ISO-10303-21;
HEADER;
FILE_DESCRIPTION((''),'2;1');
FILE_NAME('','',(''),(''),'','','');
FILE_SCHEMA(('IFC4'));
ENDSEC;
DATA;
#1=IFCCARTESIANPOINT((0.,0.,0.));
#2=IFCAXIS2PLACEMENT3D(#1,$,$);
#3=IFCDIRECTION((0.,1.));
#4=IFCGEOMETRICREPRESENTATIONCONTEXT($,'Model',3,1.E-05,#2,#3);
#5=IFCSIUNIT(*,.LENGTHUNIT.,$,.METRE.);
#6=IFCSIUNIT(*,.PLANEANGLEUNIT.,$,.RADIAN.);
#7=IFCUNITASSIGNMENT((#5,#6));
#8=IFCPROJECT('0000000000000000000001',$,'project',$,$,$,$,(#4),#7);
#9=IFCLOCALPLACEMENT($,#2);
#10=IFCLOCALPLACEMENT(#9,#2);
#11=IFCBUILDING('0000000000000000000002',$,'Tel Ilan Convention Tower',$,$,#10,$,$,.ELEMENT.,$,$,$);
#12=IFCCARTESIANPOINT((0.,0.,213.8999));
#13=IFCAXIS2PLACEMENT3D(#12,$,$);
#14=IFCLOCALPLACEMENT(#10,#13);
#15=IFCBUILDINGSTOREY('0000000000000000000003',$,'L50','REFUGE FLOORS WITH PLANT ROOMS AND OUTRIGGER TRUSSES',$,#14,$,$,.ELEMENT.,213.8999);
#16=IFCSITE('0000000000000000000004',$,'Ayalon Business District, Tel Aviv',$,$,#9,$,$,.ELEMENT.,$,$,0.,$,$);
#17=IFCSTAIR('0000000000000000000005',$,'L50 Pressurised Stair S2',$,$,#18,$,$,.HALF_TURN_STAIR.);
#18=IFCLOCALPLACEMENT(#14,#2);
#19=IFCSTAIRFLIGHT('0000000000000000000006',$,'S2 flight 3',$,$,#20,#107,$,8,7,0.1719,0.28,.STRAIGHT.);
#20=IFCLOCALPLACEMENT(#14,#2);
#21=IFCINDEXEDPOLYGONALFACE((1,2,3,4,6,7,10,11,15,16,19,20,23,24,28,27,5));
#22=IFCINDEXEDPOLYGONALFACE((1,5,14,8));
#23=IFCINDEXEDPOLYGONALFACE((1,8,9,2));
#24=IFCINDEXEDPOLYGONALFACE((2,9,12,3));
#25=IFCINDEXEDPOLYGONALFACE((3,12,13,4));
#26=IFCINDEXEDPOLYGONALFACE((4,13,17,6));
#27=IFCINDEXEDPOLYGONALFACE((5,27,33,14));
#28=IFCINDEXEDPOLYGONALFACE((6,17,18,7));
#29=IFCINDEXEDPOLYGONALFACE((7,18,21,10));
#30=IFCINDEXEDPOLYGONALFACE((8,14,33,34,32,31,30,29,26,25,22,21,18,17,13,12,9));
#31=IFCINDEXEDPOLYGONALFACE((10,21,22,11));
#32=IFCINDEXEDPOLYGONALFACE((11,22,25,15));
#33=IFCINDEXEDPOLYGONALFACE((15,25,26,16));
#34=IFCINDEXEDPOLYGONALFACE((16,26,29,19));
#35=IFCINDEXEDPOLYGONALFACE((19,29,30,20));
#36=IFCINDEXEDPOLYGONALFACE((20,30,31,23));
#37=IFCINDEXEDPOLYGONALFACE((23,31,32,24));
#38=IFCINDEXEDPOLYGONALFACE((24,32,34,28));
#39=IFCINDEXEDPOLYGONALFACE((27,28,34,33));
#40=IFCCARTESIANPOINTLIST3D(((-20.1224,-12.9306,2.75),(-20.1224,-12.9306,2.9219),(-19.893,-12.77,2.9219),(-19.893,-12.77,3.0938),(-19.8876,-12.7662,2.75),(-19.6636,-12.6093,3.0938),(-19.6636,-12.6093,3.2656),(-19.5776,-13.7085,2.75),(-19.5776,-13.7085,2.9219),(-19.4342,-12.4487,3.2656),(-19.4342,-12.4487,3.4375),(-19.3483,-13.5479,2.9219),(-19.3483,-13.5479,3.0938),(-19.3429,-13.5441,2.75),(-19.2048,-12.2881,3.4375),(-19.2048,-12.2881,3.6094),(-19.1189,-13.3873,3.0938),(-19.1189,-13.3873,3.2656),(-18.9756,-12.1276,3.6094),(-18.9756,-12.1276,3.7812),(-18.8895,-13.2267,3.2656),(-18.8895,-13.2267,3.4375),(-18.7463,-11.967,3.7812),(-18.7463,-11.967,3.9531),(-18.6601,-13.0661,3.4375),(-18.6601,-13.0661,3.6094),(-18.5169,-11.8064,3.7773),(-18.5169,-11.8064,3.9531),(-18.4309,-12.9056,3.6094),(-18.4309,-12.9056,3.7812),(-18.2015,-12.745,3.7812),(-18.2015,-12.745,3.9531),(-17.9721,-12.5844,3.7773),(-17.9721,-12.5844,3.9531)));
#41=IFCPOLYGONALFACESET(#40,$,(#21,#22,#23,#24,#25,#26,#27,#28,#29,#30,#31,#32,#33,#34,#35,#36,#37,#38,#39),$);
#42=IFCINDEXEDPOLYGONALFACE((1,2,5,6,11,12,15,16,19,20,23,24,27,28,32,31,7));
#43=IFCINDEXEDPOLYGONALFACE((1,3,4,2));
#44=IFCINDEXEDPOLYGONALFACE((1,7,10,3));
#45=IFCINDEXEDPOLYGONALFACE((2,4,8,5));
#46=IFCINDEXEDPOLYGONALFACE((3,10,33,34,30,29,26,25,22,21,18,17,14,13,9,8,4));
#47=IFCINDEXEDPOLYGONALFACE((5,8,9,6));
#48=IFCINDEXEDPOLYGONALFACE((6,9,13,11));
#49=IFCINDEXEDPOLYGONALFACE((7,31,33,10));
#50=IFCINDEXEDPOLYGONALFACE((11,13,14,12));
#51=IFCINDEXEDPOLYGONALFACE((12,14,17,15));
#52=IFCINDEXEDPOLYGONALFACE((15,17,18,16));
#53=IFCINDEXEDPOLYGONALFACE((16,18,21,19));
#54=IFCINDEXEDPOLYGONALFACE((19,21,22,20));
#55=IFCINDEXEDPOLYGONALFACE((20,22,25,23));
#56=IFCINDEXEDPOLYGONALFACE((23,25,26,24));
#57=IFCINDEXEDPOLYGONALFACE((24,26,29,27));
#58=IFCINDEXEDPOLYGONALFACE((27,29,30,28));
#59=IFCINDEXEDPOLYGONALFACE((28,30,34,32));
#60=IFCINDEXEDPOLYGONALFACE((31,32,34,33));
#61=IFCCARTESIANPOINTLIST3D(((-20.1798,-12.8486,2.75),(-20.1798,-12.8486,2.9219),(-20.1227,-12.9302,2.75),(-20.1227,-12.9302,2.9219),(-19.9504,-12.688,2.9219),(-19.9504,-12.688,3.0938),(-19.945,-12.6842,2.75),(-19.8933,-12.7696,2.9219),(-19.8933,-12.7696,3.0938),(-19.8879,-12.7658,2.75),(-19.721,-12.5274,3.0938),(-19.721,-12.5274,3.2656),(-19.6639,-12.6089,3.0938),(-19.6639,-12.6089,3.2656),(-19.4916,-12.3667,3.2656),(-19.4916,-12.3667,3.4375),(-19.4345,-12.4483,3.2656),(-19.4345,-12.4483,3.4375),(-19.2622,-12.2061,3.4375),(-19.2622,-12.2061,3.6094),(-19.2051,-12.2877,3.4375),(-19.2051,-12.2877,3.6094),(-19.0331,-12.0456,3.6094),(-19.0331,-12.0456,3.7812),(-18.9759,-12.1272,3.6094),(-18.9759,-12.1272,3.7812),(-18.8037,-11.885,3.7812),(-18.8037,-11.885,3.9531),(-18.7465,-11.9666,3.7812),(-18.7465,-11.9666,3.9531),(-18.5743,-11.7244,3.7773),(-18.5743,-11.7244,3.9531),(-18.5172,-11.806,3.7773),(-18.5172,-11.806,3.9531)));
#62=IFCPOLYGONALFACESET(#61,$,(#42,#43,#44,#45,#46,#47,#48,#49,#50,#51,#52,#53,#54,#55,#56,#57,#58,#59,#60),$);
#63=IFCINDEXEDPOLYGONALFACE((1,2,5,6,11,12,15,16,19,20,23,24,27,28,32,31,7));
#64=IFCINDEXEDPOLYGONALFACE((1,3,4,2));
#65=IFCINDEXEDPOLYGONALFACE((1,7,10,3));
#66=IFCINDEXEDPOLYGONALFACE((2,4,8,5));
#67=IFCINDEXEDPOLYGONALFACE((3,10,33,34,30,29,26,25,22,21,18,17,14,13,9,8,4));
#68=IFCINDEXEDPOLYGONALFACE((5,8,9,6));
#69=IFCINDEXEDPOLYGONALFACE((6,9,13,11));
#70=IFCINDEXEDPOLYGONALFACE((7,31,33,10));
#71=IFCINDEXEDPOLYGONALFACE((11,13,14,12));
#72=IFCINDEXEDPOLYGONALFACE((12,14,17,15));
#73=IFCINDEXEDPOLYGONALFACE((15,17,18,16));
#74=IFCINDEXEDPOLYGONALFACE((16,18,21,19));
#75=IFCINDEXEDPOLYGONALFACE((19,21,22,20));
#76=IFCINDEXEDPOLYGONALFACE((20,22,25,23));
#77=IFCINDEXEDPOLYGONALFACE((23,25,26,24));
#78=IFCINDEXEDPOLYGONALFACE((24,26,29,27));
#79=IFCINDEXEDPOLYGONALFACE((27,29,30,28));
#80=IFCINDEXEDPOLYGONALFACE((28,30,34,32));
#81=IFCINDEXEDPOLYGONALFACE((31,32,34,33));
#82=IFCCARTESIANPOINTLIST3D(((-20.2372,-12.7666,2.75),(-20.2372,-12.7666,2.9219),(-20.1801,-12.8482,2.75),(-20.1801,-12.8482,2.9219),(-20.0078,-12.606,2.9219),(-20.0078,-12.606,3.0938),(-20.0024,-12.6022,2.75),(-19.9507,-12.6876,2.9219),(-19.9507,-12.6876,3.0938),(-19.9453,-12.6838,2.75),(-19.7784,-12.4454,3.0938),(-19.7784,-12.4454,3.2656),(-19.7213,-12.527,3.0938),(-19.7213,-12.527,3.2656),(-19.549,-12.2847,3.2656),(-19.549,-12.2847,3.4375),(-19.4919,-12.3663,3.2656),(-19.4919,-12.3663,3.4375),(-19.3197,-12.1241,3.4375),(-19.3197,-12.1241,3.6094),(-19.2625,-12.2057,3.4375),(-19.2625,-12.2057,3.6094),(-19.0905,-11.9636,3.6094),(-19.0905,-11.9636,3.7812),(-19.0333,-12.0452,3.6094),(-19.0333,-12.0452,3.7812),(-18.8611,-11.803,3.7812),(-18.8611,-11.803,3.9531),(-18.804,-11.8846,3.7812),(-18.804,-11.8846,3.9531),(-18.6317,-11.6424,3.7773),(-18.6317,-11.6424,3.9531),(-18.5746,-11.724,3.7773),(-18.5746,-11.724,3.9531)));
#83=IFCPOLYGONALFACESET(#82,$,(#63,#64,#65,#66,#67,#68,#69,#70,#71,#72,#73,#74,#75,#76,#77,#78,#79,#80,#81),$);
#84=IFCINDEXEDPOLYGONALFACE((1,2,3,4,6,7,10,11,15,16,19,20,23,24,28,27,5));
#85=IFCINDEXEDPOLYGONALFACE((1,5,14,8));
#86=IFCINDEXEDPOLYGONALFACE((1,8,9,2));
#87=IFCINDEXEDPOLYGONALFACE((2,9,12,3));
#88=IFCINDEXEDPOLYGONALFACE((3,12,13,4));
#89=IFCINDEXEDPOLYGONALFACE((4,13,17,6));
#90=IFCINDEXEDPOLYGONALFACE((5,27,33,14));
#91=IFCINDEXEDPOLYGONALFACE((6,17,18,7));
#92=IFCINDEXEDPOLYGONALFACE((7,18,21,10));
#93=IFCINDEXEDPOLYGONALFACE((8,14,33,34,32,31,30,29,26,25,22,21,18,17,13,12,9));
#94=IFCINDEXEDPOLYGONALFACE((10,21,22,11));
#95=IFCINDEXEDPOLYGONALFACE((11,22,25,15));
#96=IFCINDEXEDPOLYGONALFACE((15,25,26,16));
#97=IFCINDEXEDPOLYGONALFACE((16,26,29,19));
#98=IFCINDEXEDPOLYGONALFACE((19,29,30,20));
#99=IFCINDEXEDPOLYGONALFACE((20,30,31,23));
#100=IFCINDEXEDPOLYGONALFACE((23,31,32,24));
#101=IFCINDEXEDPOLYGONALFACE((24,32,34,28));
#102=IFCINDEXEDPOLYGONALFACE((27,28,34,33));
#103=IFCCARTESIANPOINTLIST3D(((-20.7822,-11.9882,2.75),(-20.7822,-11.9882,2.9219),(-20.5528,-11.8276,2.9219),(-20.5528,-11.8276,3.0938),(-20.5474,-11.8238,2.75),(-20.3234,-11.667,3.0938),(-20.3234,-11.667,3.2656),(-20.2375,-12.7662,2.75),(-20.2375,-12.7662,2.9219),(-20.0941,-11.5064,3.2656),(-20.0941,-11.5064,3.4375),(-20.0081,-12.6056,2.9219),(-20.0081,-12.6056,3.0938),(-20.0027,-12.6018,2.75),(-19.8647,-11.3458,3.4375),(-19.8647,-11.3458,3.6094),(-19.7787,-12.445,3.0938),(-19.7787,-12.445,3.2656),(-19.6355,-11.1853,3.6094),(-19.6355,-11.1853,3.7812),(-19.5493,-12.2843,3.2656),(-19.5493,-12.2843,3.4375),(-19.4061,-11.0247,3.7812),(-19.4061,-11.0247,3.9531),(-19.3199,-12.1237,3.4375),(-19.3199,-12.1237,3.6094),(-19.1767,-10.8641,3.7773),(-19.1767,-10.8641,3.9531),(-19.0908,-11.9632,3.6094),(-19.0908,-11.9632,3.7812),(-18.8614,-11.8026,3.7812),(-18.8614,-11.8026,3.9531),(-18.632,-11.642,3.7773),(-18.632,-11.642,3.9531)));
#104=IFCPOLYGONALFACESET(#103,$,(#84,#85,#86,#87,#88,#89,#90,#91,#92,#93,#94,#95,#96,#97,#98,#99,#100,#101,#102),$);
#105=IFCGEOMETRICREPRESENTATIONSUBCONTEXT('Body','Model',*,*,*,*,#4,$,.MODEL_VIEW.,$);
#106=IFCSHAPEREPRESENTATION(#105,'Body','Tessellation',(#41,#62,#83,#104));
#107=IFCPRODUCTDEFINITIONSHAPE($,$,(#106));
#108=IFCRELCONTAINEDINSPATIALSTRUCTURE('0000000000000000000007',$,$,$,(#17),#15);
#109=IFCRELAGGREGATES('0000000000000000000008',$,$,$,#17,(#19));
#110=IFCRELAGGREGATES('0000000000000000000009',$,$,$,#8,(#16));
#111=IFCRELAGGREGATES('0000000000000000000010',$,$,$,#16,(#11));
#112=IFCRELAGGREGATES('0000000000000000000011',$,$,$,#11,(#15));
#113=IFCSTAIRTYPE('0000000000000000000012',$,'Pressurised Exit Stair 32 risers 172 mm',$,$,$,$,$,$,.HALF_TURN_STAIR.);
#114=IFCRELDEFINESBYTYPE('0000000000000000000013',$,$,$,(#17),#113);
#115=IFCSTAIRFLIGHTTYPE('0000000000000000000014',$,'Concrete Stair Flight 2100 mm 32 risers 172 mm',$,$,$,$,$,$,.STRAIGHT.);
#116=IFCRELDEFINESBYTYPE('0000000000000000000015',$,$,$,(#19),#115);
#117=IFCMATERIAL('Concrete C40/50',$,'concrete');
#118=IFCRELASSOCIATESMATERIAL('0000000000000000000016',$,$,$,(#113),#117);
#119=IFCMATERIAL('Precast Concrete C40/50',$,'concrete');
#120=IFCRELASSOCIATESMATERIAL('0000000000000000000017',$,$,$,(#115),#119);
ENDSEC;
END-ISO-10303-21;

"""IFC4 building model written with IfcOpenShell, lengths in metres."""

from ifc_helpers import new_model, si_unit, direction, frame, origin, place, context, subcontext, project, spatial, polyline, outline, extrude, material, type_object, element, aggregate, save


model = new_model("IFC4")

# Units and contexts
model_context = context("Model", 3, precision=1e-05, world=origin(), true_north=direction((0.0, 1.0)))
body_context = subcontext(model_context, "Body", "Model", "MODEL_VIEW")
ifc_project = project(units=[si_unit("LENGTHUNIT", "METRE"), si_unit("PLANEANGLEUNIT", "RADIAN")], contexts=[model_context])

# Site, building, storey
site_placement = place(None, origin())
site = spatial("IfcSite", under=ifc_project, at=site_placement, Name="Ayalon Business District, Tel Aviv", CompositionType="ELEMENT", RefElevation=0.0)
building_placement = place(site_placement, origin())
building = spatial("IfcBuilding", under=site, at=building_placement, Name="Tel Ilan Convention Tower", CompositionType="ELEMENT")
storey_placement = place(building_placement, frame((0.0, 0.0, 213.8999)))
storey = spatial("IfcBuildingStorey", under=building, at=storey_placement, Name="L50", Description="REFUGE FLOORS WITH PLANT ROOMS AND OUTRIGGER TRUSSES", CompositionType="ELEMENT", Elevation=213.8999)

# Stair, stair flight
ifc_material_1 = material(Name="Concrete C40/50", Category="concrete")
stair_type = type_object("IfcStairType", Name="Pressurised Exit Stair 32 risers 172 mm", PredefinedType="HALF_TURN_STAIR", material=ifc_material_1)
stair_placement = place(storey_placement, origin())
stair = element("IfcStair", 1, at=stair_placement, inside=storey, type_object=stair_type, Name="L50 Pressurised Stair S2", PredefinedType="HALF_TURN_STAIR")
ifc_material_2 = material(Name="Precast Concrete C40/50", Category="concrete")
stair_flight_type = type_object("IfcStairFlightType", Name="Concrete Stair Flight 2100 mm 32 risers 172 mm", PredefinedType="STRAIGHT", material=ifc_material_2)
stair_flight_1_placement = place(storey_placement, frame((-20.1799, -12.8484, 2.75), z_axis=(0.0, 0.0, 1.0), x_axis=(0.819152, 0.573576, 0.0)))
stair_flight_1 = element("IfcStairFlight", 2, at=stair_flight_1_placement, type_object=stair_flight_type, Name="S2 flight 3", NumberOfRisers=8, NumberOfTreads=7, PredefinedType="STRAIGHT", RiserHeight=0.1719, TreadLength=0.28, context=body_context, shape_type="SweptSolid", body=[
    extrude(outline(polyline([(0.0, 0.0), (0.0, 0.1719), (0.28, 0.1719), (0.28, 0.3438), (0.5601, 0.3438), (0.5601, 0.5156), (0.8401, 0.5156), (0.8401, 0.6875), (1.1201, 0.6875), (1.1201, 0.8594), (1.3999, 0.8594), (1.3999, 1.0312), (1.6799, 1.0312), (1.6799, 1.2031), (1.96, 1.2031), (1.96, 1.375), (1.96, 1.0273), (0.2866, 0.0), (0.0, 0.0)])), frame((0.0, -0.1003, 0.0), z_axis=(0.0, -1.0, 0.0), x_axis=(1.0, 0.0, 0.0)), (0.0, 0.0, 1.0), 0.9497),
    extrude(outline(polyline([(0.0, 0.0), (0.0, 0.1719), (0.28, 0.1719), (0.28, 0.3438), (0.5601, 0.3438), (0.5601, 0.5156), (0.8401, 0.5156), (0.8401, 0.6875), (1.1201, 0.6875), (1.1201, 0.8594), (1.3999, 0.8594), (1.3999, 1.0312), (1.6799, 1.0312), (1.6799, 1.2031), (1.96, 1.2031), (1.96, 1.375), (1.96, 1.0273), (0.2866, 0.0), (0.0, 0.0)])), frame((0.0, -0.0002, 0.0), z_axis=(0.0, -1.0, 0.0), x_axis=(1.0, 0.0, 0.0)), (0.0, 0.0, 1.0), 0.0996),
    extrude(outline(polyline([(0.0, 0.0), (0.0, 0.1719), (0.28, 0.1719), (0.28, 0.3438), (0.5601, 0.3438), (0.5601, 0.5156), (0.8401, 0.5156), (0.8401, 0.6875), (1.1201, 0.6875), (1.1201, 0.8594), (1.3999, 0.8594), (1.3999, 1.0312), (1.6799, 1.0312), (1.6799, 1.2031), (1.96, 1.2031), (1.96, 1.375), (1.96, 1.0273), (0.2866, 0.0), (0.0, 0.0)])), frame((0.0, 0.0999, 0.0), z_axis=(0.0, -1.0, 0.0), x_axis=(1.0, 0.0, 0.0)), (0.0, 0.0, 1.0), 0.0996),
    extrude(outline(polyline([(0.0, 0.0), (0.0, 0.1719), (0.28, 0.1719), (0.28, 0.3438), (0.5601, 0.3438), (0.5601, 0.5156), (0.8401, 0.5156), (0.8401, 0.6875), (1.1201, 0.6875), (1.1201, 0.8594), (1.3999, 0.8594), (1.3999, 1.0312), (1.6799, 1.0312), (1.6799, 1.2031), (1.96, 1.2031), (1.96, 1.375), (1.96, 1.0273), (0.2866, 0.0), (0.0, 0.0)])), frame((0.0, 1.05, 0.0), z_axis=(0.0, -1.0, 0.0), x_axis=(1.0, 0.0, 0.0)), (0.0, 0.0, 1.0), 0.9497),
])
aggregate(stair, [stair_flight_1])

save(model, "model.ifc")
